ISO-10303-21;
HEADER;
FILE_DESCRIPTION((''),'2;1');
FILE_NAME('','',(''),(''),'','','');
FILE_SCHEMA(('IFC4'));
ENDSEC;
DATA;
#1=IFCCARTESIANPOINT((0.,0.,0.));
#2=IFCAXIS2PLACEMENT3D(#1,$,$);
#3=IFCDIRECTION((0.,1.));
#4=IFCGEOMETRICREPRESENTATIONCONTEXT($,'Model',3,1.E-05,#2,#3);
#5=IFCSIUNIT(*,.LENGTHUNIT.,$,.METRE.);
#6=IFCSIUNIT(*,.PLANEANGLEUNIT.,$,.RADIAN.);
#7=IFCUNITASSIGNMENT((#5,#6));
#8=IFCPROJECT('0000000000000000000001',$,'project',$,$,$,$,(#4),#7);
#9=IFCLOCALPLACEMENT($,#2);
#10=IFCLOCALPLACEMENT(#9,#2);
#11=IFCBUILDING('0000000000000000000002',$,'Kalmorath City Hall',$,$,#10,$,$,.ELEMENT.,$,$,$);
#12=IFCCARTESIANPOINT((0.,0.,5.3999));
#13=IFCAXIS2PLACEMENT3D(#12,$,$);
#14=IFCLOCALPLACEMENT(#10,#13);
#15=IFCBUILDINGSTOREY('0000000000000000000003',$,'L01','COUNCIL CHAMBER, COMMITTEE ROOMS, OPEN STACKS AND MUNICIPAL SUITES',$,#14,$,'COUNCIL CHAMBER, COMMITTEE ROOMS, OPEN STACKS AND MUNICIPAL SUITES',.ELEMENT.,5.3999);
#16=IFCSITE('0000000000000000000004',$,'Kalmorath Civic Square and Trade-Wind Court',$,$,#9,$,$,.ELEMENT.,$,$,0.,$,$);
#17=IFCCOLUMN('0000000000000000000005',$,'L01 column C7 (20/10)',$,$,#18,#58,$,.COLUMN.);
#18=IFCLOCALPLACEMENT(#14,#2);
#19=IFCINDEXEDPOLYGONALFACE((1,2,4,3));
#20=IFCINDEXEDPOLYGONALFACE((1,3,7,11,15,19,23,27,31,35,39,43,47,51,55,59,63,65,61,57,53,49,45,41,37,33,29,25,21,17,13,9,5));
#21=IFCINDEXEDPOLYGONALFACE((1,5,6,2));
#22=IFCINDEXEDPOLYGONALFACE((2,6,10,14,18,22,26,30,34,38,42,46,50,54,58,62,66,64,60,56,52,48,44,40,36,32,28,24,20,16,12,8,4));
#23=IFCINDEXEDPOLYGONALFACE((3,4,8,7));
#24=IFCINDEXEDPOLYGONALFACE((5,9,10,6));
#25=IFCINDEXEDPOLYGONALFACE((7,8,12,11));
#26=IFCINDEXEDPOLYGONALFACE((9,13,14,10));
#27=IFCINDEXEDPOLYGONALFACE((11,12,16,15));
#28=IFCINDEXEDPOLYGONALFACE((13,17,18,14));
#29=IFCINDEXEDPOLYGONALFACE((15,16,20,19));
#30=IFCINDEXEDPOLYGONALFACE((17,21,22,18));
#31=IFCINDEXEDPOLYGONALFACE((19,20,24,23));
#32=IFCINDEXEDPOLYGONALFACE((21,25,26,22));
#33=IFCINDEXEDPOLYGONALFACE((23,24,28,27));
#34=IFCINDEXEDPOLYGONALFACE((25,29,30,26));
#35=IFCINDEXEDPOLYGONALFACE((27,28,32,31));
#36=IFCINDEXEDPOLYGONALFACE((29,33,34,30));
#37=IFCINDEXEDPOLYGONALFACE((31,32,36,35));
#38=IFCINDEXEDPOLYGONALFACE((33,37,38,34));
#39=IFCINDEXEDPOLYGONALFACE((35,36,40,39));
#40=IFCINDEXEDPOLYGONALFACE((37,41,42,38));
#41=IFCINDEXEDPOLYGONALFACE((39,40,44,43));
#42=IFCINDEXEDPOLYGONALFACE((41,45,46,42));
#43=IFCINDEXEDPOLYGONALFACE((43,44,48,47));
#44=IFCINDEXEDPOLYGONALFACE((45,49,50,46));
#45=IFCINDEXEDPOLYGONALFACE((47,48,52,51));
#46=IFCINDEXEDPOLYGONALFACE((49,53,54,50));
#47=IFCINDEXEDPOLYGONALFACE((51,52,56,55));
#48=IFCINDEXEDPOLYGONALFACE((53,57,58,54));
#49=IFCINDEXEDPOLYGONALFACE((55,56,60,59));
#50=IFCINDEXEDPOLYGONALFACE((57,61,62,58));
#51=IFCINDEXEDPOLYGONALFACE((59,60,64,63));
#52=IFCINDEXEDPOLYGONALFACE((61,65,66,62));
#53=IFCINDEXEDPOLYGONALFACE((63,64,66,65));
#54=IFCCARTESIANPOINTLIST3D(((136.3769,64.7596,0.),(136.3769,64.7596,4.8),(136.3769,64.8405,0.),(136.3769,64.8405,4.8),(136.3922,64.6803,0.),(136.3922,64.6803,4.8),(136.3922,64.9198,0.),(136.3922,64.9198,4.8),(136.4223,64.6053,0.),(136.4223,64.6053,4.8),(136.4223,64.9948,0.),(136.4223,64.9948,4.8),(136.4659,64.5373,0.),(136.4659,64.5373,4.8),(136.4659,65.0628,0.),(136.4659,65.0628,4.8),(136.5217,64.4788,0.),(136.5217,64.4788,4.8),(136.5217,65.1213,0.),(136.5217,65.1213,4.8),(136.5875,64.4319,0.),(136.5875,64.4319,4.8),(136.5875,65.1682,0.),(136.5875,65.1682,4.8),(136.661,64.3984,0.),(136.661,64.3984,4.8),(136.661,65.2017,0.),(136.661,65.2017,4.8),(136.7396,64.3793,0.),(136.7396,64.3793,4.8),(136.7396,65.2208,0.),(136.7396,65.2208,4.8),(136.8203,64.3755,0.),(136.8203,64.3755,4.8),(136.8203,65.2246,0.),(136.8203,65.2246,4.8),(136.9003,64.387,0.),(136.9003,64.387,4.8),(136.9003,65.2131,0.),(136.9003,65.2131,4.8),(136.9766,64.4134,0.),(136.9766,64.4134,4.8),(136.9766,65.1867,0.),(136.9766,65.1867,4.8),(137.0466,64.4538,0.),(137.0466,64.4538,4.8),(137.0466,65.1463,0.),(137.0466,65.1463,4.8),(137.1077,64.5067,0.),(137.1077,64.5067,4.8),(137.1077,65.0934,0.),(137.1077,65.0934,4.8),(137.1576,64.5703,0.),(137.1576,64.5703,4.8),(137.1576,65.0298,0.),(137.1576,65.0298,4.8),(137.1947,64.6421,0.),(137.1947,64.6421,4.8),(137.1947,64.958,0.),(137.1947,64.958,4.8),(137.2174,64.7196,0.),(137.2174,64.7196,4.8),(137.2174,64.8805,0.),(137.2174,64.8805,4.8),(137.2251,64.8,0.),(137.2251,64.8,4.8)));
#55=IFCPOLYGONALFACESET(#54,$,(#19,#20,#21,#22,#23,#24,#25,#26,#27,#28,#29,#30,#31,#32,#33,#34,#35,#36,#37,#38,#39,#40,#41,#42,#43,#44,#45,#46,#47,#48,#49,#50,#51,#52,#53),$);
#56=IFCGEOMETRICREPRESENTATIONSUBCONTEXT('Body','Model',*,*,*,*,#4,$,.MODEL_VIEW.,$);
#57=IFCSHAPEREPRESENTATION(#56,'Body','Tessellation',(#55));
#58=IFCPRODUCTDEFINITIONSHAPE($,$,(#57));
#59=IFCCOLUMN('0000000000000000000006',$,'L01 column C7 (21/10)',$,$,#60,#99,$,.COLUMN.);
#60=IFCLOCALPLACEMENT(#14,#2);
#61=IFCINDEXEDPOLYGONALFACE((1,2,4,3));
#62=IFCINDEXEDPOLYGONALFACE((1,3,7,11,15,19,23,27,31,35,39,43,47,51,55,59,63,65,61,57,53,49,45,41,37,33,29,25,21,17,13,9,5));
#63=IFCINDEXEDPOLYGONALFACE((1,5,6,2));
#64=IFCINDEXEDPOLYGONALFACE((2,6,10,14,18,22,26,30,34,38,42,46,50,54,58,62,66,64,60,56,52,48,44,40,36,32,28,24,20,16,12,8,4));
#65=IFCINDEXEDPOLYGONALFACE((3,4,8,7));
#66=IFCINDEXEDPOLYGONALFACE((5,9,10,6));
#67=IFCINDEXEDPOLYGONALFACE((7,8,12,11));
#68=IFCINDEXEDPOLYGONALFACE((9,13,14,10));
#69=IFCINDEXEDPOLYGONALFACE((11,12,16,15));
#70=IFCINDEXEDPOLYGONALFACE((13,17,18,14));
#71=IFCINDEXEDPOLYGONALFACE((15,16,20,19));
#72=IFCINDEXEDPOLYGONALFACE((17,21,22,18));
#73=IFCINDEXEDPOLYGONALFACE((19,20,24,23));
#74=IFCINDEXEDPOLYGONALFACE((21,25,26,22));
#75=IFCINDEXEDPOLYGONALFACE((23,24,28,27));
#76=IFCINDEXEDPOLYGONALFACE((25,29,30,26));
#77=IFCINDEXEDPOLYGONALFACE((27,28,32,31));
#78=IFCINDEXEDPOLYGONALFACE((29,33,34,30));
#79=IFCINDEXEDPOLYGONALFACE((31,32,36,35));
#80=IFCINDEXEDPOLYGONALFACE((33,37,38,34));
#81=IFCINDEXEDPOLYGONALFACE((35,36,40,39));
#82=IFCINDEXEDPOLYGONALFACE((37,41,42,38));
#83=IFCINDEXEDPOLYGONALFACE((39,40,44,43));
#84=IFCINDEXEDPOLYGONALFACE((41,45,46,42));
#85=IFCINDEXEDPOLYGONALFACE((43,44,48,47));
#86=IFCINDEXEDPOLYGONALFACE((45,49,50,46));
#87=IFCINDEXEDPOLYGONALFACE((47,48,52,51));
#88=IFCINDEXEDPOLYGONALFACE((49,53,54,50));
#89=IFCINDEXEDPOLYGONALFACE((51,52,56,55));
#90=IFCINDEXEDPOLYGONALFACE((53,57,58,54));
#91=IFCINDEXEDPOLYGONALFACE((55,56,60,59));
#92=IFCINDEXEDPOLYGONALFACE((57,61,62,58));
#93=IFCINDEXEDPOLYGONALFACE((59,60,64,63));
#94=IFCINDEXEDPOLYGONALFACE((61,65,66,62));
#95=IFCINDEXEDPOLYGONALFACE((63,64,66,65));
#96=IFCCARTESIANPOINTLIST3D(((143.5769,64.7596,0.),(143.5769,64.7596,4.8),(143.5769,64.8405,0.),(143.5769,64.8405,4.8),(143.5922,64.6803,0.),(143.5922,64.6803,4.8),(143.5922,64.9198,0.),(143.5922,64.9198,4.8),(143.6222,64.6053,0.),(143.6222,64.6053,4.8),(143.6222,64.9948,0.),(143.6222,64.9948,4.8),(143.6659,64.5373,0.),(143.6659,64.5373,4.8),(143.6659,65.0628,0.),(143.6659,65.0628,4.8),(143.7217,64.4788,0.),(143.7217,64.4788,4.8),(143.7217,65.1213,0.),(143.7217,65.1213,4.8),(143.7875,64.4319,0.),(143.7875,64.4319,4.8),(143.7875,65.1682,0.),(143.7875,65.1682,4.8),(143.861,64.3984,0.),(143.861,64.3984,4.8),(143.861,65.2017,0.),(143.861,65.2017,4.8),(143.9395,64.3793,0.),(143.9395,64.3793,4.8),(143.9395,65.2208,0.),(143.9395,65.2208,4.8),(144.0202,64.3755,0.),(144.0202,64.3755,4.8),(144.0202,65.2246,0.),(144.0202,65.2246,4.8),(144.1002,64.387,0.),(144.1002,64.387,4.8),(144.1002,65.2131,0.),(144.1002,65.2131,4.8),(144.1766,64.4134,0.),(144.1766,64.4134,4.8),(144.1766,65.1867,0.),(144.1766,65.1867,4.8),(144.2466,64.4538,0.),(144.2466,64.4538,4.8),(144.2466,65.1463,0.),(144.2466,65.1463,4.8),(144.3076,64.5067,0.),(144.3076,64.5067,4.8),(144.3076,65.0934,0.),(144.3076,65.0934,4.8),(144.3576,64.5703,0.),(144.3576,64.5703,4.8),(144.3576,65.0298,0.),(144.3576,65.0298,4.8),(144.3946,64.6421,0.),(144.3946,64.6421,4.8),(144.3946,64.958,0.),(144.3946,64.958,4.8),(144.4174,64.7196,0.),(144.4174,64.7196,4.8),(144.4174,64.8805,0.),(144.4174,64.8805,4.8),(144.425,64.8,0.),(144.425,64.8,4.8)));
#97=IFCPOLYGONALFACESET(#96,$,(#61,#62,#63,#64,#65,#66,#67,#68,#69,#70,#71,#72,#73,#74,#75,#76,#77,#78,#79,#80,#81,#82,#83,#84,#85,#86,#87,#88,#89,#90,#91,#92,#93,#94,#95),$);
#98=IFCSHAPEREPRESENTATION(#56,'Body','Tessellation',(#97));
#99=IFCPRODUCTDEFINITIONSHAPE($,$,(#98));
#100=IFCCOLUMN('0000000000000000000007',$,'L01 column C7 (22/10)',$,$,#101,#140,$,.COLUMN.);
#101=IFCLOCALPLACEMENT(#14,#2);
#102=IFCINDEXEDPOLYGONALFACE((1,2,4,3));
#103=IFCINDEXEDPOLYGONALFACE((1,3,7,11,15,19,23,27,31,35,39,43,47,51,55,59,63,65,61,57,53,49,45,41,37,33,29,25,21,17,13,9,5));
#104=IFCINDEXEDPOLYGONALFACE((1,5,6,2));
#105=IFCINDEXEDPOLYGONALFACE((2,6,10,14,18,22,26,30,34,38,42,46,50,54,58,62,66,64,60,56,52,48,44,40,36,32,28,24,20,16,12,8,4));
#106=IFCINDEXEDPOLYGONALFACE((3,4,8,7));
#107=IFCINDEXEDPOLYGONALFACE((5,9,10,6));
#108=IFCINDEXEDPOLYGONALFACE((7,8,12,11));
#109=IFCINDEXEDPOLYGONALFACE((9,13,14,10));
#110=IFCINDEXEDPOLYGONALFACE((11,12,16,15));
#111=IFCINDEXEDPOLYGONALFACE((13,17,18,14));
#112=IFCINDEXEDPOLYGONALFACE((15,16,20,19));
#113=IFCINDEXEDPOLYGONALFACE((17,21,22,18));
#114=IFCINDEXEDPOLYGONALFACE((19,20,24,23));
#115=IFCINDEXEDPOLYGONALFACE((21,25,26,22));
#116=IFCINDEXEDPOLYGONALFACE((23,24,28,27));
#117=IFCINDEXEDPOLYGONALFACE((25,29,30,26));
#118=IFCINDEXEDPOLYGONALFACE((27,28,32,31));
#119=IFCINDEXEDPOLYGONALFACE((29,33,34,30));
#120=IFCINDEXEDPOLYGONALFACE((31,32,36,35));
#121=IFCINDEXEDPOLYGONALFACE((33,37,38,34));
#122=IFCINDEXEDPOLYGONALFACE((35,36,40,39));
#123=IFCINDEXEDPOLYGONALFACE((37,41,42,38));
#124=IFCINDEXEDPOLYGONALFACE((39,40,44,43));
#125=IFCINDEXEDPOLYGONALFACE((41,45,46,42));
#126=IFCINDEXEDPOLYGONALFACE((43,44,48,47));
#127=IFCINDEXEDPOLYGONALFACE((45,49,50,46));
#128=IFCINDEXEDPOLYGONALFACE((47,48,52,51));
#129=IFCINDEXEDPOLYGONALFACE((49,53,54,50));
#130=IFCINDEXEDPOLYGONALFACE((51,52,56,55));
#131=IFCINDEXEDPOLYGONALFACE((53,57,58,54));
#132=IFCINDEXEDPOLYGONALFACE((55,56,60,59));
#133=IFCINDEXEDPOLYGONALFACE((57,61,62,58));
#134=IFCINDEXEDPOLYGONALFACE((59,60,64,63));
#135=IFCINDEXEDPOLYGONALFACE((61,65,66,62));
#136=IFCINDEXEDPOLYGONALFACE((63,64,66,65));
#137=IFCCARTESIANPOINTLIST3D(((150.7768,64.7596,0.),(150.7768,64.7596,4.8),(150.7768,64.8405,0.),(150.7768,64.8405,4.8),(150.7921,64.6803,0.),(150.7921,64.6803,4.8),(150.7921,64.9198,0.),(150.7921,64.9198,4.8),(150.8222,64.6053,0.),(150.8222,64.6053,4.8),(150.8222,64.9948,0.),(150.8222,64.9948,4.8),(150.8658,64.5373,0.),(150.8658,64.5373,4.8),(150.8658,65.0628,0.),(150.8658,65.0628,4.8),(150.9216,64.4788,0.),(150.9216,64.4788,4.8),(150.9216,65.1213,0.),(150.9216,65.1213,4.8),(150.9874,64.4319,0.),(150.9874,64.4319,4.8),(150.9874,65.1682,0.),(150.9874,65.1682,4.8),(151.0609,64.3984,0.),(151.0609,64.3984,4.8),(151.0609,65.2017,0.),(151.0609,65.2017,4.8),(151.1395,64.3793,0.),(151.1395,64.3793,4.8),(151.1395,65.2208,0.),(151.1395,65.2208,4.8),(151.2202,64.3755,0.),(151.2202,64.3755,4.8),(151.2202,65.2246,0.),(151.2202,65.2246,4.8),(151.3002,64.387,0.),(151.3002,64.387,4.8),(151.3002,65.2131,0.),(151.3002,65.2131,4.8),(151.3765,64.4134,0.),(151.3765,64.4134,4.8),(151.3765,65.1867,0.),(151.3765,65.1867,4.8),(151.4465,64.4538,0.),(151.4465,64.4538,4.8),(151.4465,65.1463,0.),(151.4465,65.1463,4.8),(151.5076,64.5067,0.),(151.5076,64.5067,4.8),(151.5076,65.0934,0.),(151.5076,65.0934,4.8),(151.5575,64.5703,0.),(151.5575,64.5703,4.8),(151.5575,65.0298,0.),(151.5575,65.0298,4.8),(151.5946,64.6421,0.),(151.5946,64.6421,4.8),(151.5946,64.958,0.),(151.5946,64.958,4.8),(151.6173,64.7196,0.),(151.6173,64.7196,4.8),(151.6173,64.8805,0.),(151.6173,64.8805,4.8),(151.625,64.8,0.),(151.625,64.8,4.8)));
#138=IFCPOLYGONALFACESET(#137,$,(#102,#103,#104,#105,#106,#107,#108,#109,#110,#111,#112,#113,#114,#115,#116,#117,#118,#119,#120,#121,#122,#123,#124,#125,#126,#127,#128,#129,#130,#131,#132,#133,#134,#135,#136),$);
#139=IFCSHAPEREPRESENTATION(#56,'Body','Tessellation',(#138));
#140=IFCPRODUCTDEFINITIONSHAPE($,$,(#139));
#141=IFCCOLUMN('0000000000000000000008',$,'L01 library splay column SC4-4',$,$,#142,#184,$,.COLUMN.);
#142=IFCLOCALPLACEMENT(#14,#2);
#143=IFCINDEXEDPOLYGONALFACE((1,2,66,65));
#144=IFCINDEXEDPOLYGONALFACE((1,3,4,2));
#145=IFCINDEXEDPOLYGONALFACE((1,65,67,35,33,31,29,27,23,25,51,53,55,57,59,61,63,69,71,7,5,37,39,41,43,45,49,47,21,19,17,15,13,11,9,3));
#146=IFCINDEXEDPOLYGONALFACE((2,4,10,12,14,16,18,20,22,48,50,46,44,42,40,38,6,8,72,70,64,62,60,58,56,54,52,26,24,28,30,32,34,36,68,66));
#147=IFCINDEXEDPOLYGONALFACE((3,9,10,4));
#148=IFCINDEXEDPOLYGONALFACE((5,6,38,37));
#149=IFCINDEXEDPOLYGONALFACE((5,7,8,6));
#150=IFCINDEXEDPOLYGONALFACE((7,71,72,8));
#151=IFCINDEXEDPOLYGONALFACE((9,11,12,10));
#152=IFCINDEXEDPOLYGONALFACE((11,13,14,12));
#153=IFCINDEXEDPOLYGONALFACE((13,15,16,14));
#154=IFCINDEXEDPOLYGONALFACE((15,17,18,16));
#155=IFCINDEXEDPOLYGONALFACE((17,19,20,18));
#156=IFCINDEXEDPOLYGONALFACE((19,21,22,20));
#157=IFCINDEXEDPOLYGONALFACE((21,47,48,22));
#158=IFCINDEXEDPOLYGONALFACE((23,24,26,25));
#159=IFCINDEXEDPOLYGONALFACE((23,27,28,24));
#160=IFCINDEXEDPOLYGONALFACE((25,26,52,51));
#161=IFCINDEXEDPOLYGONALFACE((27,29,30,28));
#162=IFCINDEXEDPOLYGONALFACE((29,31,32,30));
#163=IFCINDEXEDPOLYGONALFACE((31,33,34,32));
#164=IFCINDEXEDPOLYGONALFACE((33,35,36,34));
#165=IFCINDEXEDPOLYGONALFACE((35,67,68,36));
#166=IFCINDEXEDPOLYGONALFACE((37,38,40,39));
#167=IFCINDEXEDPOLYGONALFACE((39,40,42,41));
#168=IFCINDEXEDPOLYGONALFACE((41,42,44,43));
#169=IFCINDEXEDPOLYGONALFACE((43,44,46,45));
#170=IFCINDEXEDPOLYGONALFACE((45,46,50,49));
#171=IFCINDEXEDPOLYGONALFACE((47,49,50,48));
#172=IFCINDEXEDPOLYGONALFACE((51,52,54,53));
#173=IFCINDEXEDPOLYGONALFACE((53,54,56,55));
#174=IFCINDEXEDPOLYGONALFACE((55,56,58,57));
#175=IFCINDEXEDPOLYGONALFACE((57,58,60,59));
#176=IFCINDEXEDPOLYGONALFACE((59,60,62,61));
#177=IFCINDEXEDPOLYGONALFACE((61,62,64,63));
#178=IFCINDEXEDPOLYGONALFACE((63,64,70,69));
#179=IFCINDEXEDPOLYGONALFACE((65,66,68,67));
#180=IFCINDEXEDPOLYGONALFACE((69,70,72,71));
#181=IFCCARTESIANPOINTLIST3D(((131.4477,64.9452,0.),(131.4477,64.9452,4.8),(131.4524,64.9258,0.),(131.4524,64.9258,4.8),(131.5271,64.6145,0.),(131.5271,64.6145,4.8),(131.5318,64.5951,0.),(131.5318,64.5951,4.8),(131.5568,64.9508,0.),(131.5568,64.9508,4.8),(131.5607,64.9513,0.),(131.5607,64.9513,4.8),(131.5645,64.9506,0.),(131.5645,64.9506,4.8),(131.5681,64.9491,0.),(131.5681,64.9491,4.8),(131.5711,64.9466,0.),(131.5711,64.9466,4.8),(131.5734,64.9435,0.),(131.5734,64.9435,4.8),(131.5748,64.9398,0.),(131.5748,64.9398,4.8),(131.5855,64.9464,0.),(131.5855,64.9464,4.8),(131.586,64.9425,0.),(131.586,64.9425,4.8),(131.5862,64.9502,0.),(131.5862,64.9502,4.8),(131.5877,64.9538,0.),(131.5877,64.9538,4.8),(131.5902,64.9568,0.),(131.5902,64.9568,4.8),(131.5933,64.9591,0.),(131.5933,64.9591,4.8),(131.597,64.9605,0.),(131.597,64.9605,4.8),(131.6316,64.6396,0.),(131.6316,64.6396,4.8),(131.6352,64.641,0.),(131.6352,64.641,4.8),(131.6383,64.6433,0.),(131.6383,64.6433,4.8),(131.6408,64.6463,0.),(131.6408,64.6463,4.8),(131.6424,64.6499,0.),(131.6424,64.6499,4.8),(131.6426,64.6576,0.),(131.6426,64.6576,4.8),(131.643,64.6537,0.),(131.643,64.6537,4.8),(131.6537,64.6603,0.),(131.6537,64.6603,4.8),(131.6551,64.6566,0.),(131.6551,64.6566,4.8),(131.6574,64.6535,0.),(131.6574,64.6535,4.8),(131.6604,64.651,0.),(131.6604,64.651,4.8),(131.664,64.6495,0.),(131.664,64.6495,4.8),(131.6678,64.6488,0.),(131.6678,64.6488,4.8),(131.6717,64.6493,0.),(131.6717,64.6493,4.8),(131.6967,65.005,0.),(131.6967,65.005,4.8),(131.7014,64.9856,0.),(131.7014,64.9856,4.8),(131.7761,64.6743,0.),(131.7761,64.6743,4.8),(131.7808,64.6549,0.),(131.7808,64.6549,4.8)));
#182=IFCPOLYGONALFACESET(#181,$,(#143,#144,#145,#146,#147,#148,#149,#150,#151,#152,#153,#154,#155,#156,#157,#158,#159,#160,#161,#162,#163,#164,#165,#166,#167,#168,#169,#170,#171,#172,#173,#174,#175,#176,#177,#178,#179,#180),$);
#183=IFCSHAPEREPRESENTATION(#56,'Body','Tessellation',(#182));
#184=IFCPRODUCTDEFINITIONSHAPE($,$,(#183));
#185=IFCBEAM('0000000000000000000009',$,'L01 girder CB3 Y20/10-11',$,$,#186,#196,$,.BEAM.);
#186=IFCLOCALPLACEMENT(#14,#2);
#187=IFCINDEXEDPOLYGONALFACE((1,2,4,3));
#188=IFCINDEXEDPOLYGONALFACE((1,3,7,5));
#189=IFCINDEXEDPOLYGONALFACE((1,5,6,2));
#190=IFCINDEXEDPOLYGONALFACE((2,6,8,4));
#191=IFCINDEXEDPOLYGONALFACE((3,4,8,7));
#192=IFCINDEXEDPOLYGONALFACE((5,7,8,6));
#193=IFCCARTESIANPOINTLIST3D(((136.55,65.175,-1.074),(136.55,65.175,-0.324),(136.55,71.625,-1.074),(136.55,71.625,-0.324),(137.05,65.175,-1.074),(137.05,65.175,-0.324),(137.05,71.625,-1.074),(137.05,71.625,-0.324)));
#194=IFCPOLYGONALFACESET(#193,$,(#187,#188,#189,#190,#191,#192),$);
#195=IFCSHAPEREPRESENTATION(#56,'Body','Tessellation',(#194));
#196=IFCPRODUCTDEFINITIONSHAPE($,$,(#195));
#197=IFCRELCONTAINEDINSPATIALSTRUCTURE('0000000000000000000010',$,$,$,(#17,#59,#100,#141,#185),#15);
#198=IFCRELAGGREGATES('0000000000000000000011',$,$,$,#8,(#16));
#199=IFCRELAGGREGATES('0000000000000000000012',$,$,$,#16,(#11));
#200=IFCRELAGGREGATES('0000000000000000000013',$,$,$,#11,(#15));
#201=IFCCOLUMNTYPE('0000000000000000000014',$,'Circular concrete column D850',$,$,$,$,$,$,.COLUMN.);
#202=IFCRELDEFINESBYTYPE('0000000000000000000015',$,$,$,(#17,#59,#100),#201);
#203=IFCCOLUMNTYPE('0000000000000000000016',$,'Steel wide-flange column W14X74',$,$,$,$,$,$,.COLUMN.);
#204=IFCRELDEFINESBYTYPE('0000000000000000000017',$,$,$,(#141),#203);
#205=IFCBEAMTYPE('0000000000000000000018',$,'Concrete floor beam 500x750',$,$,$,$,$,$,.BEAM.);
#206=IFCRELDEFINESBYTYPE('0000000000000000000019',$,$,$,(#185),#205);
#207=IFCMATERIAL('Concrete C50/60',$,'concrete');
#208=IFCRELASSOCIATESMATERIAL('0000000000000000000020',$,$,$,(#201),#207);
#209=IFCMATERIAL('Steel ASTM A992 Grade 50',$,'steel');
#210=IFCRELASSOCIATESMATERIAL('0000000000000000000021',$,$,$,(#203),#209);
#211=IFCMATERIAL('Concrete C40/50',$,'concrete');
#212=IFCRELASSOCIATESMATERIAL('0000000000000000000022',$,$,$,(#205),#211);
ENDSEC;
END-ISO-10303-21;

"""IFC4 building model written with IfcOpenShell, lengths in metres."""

from ifc_helpers import new_model, si_unit, direction, frame, origin, origin_2d, place, context, subcontext, project, spatial, rectangle, circle, i_section, extrude, material, material_profile, profile_set, type_object, element, save


model = new_model("IFC4")

# Units and contexts
model_context = context("Model", 3, precision=1e-05, world=origin(), true_north=direction((0.0, 1.0)))
body_context = subcontext(model_context, "Body", "Model", "MODEL_VIEW")
ifc_project = project(units=[si_unit("LENGTHUNIT", "METRE"), si_unit("PLANEANGLEUNIT", "RADIAN")], contexts=[model_context])

# Site, building, storey
site_placement = place(None, origin())
site = spatial("IfcSite", under=ifc_project, at=site_placement, Name="Kalmorath Civic Square and Trade-Wind Court", CompositionType="ELEMENT", RefElevation=0.0)
building_placement = place(site_placement, origin())
building = spatial("IfcBuilding", under=site, at=building_placement, Name="Kalmorath City Hall", CompositionType="ELEMENT")
storey_placement = place(building_placement, frame((0.0, 0.0, 5.3999)))
storey = spatial("IfcBuildingStorey", under=building, at=storey_placement, Name="L01", Description="COUNCIL CHAMBER, COMMITTEE ROOMS, OPEN STACKS AND MUNICIPAL SUITES", LongName="COUNCIL CHAMBER, COMMITTEE ROOMS, OPEN STACKS AND MUNICIPAL SUITES", CompositionType="ELEMENT", Elevation=5.3999)

# Columns
ifc_material_1 = material(Name="Concrete C50/60", Category="concrete")
ifc_material_profile_1 = material_profile(ifc_material_1, circle(Radius=0.425, at=origin_2d()), Name="RC-COL-D850")
ifc_profile_set_1 = profile_set([ifc_material_profile_1], Name="Concrete C50/60")
column_type_1 = type_object("IfcColumnType", Name="Circular concrete column D850", PredefinedType="COLUMN", material=ifc_profile_set_1)
for number, where, z_axis, x_axis, name in (
    (1, (136.8, 64.8, 0.0), (0.0, 0.0, 1.0), (1.0, 0.0, 0.0), "L01 column C7 (20/10)"),
    (2, (144.0, 64.8, 0.0), (0.0, 0.0, 1.0), (1.0, 0.0, 0.0), "L01 column C7 (21/10)"),
    (3, (151.2, 64.8, 0.0), (0.0, 0.0, 1.0), (1.0, 0.0, 0.0), "L01 column C7 (22/10)"),
):
    element("IfcColumn", number, at=place(storey_placement, frame(where, z_axis=z_axis, x_axis=x_axis)), inside=storey, type_object=column_type_1, Name=name, PredefinedType="COLUMN", context=body_context, shape_type="SweptSolid", body=[
        extrude(circle(Radius=0.425, at=origin_2d()), origin(), (0.0, 0.0, 1.0), 4.8),
    ])
ifc_material_2 = material(Name="Steel ASTM A992 Grade 50", Category="steel")
ifc_material_profile_2 = material_profile(ifc_material_2, i_section(OverallWidth=0.2561, OverallDepth=0.3601, WebThickness=0.0115, FlangeThickness=0.02, FilletRadius=0.0149, at=origin_2d()), Name="W14X74")
ifc_profile_set_2 = profile_set([ifc_material_profile_2], Name="Steel ASTM A992 Grade 50")
column_type_2 = type_object("IfcColumnType", Name="Steel wide-flange column W14X74", PredefinedType="COLUMN", material=ifc_profile_set_2)
column_placement = place(storey_placement, frame((131.6143, 64.8, 0.0), z_axis=(0.0, 0.0, 1.0), x_axis=(0.97237, 0.233445, 0.0)))
element("IfcColumn", 4, at=column_placement, inside=storey, type_object=column_type_2, Name="L01 library splay column SC4-4", PredefinedType="COLUMN", context=body_context, shape_type="SweptSolid", body=[
    extrude(i_section(OverallWidth=0.2561, OverallDepth=0.3601, WebThickness=0.0115, FlangeThickness=0.02, FilletRadius=0.0149, at=origin_2d()), origin(), (0.0, 0.0, 1.0), 4.8),
])

# Beam
ifc_material_3 = material(Name="Concrete C40/50", Category="concrete")
ifc_material_profile_3 = material_profile(ifc_material_3, rectangle(XDim=0.5, YDim=0.75, at=origin_2d()), Name="RC-BM-500X750")
ifc_profile_set_3 = profile_set([ifc_material_profile_3], Name="Concrete C40/50")
beam_type_1 = type_object("IfcBeamType", Name="Concrete floor beam 500x750", PredefinedType="BEAM", material=ifc_profile_set_3)
for number, where, z_axis, x_axis, name in (
    (5, (136.8, 65.175, -0.699), (0.0, 1.0, 0.0), (-1.0, 0.0, 0.0), "L01 girder CB3 Y20/10-11"),
):
    element("IfcBeam", number, at=place(storey_placement, frame(where, z_axis=z_axis, x_axis=x_axis)), inside=storey, type_object=beam_type_1, Name=name, PredefinedType="BEAM", context=body_context, shape_type="SweptSolid", body=[
        extrude(rectangle(XDim=0.5, YDim=0.75, at=origin_2d()), origin(), (0.0, 0.0, 1.0), 6.45),
    ])

save(model, "model.ifc")
